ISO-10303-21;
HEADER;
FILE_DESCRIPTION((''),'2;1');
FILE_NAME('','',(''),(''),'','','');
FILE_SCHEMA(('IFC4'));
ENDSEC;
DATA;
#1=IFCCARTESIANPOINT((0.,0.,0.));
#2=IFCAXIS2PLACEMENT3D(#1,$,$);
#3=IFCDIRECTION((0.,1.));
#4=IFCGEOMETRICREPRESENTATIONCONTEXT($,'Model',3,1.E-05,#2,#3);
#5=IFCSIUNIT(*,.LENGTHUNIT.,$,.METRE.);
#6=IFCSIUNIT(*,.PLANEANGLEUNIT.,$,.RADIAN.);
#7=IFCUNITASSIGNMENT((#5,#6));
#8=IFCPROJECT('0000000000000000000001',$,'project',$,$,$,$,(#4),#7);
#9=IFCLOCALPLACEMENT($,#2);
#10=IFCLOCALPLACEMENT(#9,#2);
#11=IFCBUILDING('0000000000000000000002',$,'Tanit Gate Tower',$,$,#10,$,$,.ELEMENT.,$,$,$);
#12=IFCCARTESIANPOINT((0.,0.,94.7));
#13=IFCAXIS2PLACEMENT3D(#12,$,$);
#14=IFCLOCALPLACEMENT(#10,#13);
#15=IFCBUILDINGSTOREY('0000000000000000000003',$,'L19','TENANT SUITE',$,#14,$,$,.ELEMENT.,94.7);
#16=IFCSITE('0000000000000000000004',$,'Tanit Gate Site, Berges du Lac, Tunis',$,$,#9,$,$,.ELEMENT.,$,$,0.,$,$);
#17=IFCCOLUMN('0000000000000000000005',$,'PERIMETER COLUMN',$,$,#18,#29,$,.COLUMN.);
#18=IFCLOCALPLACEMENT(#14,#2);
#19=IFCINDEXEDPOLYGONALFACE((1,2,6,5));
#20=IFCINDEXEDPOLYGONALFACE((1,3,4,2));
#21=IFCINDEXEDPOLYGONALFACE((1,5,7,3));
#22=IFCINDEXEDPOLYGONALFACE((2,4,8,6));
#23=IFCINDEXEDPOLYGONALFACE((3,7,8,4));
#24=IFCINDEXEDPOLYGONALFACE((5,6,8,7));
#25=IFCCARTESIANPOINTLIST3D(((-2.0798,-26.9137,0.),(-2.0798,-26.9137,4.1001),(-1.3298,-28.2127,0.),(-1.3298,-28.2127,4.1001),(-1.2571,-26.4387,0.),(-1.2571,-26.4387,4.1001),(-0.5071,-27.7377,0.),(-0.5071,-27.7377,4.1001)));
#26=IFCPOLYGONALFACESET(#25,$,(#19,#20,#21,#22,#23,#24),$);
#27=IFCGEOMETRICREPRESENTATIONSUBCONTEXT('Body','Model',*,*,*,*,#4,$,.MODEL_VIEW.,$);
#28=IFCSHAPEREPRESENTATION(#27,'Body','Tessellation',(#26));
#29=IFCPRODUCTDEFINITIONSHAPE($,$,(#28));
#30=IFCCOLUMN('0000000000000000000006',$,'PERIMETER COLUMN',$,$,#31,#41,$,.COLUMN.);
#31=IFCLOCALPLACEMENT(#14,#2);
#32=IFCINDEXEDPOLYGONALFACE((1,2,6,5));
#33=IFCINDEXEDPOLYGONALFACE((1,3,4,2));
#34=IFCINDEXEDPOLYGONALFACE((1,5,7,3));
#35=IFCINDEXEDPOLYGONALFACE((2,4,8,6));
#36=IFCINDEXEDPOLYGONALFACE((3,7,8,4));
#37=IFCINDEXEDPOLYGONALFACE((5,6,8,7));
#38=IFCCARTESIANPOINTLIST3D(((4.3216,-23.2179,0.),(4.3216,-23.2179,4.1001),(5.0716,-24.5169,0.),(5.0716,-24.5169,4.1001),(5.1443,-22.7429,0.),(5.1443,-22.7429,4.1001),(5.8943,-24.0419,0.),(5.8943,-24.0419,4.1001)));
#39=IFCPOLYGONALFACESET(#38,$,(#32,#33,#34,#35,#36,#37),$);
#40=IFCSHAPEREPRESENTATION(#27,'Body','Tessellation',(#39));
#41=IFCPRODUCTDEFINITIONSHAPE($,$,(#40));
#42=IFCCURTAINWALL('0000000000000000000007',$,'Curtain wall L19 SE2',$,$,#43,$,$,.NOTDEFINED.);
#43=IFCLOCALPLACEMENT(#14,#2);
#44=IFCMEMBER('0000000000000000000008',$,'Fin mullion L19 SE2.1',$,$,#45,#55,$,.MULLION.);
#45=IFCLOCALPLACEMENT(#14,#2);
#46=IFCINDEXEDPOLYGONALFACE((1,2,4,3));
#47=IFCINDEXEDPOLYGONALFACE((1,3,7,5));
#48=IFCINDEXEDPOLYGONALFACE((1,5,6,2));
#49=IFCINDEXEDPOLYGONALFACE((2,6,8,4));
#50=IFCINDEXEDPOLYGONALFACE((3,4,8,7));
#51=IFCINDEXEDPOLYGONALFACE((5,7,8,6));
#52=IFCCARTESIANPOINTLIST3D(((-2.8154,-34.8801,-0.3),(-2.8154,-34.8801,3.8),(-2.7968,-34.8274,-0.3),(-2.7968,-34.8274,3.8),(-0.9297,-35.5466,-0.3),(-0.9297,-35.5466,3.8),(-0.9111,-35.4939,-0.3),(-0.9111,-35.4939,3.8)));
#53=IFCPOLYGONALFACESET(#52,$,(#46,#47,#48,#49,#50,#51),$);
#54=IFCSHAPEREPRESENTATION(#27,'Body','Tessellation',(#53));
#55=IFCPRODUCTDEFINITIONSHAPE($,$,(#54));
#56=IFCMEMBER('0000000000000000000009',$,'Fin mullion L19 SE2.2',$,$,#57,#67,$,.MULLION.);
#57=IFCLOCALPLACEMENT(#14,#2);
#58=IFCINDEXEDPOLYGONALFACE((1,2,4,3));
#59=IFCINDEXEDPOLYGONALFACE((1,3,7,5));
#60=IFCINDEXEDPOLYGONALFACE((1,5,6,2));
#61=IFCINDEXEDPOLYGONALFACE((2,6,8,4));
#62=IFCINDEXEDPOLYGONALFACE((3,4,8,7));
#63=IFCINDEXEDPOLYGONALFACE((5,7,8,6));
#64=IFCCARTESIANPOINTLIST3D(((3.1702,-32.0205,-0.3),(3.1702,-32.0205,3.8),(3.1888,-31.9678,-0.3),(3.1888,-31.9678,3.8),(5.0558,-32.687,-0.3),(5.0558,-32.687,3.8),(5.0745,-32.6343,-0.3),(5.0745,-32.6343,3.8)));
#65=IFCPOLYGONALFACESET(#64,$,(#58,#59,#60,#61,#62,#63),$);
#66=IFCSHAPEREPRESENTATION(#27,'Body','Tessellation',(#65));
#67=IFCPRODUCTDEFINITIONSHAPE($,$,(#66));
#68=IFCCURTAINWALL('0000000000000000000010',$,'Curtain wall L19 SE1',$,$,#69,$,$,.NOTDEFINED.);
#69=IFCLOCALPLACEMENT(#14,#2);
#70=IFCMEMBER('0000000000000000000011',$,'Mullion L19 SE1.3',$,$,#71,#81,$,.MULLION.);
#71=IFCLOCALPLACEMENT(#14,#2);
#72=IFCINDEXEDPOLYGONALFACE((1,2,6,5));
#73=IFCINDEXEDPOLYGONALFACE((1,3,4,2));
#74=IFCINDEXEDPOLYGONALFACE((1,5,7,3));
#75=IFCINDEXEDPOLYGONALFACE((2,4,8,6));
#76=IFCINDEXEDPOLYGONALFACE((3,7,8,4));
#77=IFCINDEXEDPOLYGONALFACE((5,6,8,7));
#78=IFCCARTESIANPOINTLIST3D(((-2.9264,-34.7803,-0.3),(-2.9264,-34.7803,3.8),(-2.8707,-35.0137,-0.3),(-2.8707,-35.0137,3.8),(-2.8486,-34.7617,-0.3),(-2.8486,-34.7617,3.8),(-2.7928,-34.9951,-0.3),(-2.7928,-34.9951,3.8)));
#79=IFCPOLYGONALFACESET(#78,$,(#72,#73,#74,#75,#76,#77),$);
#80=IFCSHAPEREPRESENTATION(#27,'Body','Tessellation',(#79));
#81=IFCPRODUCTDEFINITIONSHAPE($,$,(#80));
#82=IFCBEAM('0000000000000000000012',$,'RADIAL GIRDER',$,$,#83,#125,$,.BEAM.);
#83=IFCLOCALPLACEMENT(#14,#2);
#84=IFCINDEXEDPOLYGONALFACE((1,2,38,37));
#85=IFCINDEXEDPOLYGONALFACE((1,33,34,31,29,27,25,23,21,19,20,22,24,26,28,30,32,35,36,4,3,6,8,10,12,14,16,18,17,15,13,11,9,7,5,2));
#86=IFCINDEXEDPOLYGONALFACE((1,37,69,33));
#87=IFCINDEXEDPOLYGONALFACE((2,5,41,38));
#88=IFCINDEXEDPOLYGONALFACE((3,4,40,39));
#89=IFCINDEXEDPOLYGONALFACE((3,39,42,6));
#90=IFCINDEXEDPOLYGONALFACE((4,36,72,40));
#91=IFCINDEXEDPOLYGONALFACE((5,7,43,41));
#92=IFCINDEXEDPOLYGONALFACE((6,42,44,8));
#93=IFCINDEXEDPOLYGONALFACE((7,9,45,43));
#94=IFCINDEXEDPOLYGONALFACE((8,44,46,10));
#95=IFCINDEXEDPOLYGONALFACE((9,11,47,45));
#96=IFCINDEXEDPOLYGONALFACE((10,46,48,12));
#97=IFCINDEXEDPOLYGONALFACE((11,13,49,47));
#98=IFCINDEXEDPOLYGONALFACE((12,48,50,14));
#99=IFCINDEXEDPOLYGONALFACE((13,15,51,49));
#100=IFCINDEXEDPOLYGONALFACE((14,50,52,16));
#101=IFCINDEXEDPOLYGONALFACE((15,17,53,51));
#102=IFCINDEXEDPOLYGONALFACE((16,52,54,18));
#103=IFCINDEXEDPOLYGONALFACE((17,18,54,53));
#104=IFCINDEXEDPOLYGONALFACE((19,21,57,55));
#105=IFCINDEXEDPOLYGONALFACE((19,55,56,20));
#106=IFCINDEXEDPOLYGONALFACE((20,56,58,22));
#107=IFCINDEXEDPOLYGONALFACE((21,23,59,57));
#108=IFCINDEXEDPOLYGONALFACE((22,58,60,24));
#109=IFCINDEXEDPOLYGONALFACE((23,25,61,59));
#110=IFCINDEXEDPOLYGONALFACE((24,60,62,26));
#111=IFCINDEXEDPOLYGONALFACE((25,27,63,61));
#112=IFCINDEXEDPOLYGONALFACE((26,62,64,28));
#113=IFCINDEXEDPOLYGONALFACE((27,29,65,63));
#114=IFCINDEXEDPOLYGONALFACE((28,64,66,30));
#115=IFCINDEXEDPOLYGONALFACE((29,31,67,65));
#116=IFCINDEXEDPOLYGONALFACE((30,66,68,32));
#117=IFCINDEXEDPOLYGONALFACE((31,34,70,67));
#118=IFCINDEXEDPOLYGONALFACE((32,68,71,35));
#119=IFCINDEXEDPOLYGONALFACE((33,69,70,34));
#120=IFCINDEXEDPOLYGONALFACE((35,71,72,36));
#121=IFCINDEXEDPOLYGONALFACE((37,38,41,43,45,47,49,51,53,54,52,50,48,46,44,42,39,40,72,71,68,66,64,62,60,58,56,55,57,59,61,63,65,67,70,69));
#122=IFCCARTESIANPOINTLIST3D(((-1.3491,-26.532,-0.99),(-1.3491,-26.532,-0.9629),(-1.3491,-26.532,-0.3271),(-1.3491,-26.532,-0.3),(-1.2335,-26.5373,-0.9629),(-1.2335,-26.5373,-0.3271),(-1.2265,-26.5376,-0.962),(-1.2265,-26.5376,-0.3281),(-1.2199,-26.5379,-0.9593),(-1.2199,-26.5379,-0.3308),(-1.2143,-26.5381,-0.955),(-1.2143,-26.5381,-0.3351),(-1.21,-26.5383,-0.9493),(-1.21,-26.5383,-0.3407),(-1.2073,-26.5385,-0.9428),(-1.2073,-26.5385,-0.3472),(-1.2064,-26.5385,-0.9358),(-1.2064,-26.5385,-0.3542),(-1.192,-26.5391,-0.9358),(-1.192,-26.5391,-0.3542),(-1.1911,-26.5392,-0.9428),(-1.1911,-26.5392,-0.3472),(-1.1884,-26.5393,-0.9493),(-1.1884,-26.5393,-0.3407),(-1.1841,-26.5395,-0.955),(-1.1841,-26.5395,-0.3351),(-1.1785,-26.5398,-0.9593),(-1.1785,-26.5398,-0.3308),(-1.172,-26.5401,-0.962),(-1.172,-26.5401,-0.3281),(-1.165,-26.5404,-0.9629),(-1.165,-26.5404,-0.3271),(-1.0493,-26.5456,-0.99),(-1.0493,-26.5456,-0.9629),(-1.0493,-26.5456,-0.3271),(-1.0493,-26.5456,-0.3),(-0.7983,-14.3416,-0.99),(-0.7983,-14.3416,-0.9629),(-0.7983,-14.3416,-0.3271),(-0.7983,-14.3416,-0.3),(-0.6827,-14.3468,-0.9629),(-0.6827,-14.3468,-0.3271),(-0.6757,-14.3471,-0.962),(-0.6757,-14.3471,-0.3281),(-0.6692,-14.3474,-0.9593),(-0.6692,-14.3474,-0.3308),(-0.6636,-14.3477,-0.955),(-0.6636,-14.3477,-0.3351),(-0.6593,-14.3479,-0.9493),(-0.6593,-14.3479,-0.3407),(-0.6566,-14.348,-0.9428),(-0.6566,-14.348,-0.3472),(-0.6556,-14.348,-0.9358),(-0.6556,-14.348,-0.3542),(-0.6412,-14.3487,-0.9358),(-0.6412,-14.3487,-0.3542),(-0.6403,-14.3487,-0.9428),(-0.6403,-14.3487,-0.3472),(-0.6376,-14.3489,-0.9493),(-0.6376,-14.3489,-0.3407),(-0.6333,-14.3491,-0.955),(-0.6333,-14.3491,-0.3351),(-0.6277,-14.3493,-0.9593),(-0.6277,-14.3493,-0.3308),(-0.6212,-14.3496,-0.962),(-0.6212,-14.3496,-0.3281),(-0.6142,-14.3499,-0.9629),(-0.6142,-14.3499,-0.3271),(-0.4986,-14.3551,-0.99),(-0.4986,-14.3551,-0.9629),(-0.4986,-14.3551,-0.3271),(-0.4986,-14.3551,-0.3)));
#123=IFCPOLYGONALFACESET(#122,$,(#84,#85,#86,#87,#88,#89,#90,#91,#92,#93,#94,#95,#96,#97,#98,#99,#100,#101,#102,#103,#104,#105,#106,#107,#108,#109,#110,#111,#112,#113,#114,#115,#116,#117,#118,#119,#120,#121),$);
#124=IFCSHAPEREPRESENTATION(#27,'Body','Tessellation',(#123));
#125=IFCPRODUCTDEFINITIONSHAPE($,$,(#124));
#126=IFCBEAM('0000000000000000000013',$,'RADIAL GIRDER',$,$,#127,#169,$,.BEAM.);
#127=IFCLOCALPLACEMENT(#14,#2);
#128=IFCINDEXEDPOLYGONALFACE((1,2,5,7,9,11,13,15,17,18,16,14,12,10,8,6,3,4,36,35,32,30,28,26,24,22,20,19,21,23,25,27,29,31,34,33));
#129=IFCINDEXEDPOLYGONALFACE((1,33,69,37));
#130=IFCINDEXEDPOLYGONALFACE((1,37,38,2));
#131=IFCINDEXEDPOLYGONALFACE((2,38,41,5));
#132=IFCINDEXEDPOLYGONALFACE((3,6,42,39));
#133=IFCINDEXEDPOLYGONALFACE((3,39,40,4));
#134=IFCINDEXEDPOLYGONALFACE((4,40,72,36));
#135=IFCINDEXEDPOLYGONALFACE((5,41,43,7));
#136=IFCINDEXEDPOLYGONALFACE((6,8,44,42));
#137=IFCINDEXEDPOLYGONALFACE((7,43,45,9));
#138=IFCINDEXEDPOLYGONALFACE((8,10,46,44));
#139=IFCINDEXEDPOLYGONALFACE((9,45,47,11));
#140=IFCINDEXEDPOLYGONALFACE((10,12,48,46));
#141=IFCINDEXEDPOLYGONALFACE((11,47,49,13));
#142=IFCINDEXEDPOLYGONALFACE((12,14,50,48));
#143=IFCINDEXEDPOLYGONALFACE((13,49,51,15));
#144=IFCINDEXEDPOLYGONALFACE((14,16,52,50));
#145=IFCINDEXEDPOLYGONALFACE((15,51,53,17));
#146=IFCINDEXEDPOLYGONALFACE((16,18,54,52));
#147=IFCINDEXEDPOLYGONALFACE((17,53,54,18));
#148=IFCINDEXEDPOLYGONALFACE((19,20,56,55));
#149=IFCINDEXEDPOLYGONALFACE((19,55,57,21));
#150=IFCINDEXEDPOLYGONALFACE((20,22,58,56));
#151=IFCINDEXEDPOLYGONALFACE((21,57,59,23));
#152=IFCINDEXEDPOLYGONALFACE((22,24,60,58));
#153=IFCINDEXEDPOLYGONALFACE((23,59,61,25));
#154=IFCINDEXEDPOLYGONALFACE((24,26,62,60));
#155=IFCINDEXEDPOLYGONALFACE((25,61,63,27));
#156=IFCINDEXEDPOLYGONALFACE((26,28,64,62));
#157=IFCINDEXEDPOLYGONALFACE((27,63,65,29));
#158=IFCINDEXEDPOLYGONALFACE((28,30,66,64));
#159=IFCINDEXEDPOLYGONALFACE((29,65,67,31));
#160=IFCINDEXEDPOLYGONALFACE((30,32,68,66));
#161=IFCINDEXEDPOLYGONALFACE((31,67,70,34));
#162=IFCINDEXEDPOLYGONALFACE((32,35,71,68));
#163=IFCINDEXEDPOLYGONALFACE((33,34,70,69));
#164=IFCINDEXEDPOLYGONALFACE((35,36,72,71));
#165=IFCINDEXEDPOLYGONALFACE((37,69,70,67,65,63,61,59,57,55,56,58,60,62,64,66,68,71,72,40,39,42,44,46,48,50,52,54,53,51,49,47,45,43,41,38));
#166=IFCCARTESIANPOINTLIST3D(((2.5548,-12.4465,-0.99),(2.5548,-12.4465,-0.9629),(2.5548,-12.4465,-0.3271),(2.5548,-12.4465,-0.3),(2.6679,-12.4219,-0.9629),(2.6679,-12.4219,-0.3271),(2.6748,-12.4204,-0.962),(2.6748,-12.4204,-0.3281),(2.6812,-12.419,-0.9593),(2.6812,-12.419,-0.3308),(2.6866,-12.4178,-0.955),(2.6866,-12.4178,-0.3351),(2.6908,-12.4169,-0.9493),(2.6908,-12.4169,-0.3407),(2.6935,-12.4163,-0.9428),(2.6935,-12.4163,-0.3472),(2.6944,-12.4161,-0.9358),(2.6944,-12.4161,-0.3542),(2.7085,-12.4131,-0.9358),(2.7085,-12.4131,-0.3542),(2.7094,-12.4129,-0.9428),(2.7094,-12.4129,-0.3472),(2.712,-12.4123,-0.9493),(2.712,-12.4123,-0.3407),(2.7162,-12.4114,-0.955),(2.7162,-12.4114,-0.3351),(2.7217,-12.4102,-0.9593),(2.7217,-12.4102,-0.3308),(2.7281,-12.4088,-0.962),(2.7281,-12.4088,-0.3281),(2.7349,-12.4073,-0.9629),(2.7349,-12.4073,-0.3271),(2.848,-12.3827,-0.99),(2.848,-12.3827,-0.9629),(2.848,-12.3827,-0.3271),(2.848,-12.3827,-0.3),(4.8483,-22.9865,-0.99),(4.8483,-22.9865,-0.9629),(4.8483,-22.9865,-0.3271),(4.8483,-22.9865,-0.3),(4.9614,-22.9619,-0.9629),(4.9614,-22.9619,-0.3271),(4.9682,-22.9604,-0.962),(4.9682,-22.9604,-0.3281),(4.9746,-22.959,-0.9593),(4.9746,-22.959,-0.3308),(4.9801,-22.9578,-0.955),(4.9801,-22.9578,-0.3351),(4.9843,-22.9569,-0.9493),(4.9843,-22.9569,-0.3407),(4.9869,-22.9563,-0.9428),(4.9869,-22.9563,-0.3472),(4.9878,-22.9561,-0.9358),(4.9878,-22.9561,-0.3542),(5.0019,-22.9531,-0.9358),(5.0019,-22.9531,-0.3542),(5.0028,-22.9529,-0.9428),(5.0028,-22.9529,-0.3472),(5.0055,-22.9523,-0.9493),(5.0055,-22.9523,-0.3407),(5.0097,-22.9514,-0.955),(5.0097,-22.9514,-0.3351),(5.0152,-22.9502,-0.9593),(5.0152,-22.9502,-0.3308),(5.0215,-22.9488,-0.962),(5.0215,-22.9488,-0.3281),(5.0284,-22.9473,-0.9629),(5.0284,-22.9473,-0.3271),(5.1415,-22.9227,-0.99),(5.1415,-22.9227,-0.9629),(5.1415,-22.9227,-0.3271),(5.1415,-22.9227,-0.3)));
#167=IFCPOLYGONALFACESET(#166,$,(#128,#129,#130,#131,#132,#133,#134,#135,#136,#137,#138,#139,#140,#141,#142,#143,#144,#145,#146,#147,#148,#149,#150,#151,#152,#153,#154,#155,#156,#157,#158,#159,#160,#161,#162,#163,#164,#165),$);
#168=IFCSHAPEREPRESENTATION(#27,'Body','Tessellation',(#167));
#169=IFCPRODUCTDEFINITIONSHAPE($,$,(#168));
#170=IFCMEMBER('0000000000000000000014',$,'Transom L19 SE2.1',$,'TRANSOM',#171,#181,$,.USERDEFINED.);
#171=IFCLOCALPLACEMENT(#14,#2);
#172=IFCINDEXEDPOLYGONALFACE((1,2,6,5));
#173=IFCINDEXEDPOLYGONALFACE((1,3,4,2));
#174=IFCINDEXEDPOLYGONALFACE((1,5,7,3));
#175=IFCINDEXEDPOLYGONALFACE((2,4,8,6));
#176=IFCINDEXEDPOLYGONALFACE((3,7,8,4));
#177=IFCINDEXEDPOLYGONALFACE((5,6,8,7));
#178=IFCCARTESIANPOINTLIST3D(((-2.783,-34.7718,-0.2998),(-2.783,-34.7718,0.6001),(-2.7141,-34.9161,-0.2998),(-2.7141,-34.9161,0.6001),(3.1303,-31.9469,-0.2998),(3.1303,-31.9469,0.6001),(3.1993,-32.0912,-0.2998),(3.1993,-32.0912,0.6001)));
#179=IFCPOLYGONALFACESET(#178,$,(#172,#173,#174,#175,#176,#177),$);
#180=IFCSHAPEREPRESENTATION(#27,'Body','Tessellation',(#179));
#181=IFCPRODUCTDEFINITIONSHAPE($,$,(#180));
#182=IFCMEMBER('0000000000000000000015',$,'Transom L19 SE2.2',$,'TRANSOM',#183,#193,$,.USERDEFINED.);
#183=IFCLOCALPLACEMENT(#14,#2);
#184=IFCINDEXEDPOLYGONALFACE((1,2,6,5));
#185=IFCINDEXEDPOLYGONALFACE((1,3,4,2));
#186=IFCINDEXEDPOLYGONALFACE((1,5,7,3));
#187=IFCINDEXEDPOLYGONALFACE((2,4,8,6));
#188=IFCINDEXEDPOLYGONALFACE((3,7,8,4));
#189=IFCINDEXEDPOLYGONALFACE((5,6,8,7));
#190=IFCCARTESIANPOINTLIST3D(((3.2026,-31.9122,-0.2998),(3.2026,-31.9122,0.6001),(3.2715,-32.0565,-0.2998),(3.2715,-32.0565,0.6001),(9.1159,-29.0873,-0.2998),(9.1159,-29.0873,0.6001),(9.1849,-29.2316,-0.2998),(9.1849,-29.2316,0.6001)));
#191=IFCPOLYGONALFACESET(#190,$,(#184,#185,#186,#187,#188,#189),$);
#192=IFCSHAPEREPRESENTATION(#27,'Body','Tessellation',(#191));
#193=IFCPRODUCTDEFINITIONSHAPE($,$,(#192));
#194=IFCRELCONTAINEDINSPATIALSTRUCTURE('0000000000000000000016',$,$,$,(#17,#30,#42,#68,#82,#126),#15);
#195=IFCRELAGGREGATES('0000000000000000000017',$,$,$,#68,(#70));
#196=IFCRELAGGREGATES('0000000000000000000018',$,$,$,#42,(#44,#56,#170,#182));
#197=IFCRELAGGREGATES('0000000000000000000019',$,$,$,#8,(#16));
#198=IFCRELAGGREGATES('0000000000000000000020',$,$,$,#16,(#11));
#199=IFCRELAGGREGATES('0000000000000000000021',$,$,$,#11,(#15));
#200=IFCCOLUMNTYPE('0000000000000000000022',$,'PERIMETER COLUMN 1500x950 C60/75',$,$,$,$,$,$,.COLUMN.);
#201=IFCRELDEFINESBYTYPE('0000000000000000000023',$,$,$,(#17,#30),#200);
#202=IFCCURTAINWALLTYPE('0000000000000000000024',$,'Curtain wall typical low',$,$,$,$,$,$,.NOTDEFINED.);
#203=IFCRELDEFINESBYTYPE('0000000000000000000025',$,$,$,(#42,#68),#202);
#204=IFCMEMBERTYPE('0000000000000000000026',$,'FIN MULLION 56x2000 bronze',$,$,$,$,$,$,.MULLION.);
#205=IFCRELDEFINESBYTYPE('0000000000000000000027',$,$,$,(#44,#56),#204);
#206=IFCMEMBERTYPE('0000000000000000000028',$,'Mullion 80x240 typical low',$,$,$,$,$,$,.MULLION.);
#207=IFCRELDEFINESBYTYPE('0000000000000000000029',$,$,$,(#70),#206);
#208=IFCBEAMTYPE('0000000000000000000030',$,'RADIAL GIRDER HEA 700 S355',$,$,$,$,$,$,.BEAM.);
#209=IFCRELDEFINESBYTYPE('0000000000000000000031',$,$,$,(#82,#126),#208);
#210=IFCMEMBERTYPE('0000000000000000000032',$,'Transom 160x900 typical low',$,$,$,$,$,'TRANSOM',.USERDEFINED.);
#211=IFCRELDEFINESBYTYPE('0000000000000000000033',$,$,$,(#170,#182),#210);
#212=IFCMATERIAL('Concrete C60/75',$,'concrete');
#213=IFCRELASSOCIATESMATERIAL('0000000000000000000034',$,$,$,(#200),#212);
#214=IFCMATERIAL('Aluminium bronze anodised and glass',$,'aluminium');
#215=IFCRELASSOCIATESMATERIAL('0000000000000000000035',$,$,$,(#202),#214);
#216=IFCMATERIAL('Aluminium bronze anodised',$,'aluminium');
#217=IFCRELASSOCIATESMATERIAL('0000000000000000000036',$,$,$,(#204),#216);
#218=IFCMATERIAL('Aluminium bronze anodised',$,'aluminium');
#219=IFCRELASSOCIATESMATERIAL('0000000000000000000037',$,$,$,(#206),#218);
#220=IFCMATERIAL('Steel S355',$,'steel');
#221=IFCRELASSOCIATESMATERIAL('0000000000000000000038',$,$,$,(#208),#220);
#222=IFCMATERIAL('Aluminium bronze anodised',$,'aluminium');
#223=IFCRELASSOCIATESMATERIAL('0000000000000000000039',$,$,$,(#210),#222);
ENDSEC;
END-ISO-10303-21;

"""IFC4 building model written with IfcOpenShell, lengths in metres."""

from ifc_helpers import new_model, si_unit, direction, frame, origin, origin_2d, place, context, subcontext, project, spatial, rectangle, i_section, extrude, material, material_profile, profile_set, type_object, element, aggregate, save


model = new_model("IFC4")

# Units and contexts
model_context = context("Model", 3, precision=1e-05, world=origin(), true_north=direction((0.0, 1.0)))
body_context = subcontext(model_context, "Body", "Model", "MODEL_VIEW")
ifc_project = project(units=[si_unit("LENGTHUNIT", "METRE"), si_unit("PLANEANGLEUNIT", "RADIAN")], contexts=[model_context])

# Site, building, storey
site_placement = place(None, origin())
site = spatial("IfcSite", under=ifc_project, at=site_placement, Name="Tanit Gate Site, Berges du Lac, Tunis", CompositionType="ELEMENT", RefElevation=0.0)
building_placement = place(site_placement, origin())
building = spatial("IfcBuilding", under=site, at=building_placement, Name="Tanit Gate Tower", CompositionType="ELEMENT")
storey_placement = place(building_placement, frame((0.0, 0.0, 94.7)))
storey = spatial("IfcBuildingStorey", under=building, at=storey_placement, Name="L19", Description="TENANT SUITE", CompositionType="ELEMENT", Elevation=94.7)

# Columns
ifc_material_1 = material(Name="Concrete C60/75", Category="concrete")
ifc_material_profile_1 = material_profile(ifc_material_1, rectangle(XDim=1.5, YDim=0.95, at=origin_2d()), Name="RC 1500x950")
ifc_profile_set_1 = profile_set([ifc_material_profile_1], Name="Concrete C60/75")
column_type = type_object("IfcColumnType", Name="PERIMETER COLUMN 1500x950 C60/75", PredefinedType="COLUMN", material=ifc_profile_set_1)
for number, where, z_axis, x_axis, name in (
    (1, (-1.2935, -27.3257, 0.0), (0.0, 0.0, 1.0), (0.5, -0.866025, 0.0), "PERIMETER COLUMN"),
    (2, (5.1079, -23.6299, 0.0), (0.0, 0.0, 1.0), (0.5, -0.866025, 0.0), "PERIMETER COLUMN"),
):
    element("IfcColumn", number, at=place(storey_placement, frame(where, z_axis=z_axis, x_axis=x_axis)), inside=storey, type_object=column_type, Name=name, PredefinedType="COLUMN", context=body_context, shape_type="SweptSolid", body=[
        extrude(rectangle(XDim=1.5, YDim=0.95, at=origin_2d()), origin(), (0.0, 0.0, 1.0), 4.1001),
    ])

# Curtain wall, members
ifc_material_2 = material(Name="Aluminium bronze anodised and glass", Category="aluminium")
curtain_wall_type = type_object("IfcCurtainWallType", Name="Curtain wall typical low", PredefinedType="NOTDEFINED", material=ifc_material_2)
curtain_wall_1_placement = place(storey_placement, origin())
curtain_wall_1 = element("IfcCurtainWall", 3, at=curtain_wall_1_placement, inside=storey, type_object=curtain_wall_type, Name="Curtain wall L19 SE2", PredefinedType="NOTDEFINED")
ifc_material_3 = material(Name="Aluminium bronze anodised", Category="aluminium")
ifc_material_profile_2 = material_profile(ifc_material_3, rectangle(XDim=2.0, YDim=0.0559, at=origin_2d()), Name="56x2000 bronze fin mullion")
ifc_profile_set_2 = profile_set([ifc_material_profile_2], Name="Aluminium bronze anodised")
member_type_1 = type_object("IfcMemberType", Name="FIN MULLION 56x2000 bronze", PredefinedType="MULLION", material=ifc_profile_set_2)
member_1_placement = place(storey_placement, frame((-1.8633, -35.187, -0.3), z_axis=(0.0, 0.0, 1.0), x_axis=(-0.942849, 0.33322, 0.0)))
member_1 = element("IfcMember", 4, at=member_1_placement, type_object=member_type_1, Name="Fin mullion L19 SE2.1", PredefinedType="MULLION", context=body_context, shape_type="SweptSolid", body=[
    extrude(rectangle(XDim=2.0, YDim=0.0559, at=origin_2d()), origin(), (0.0, 0.0, 1.0), 4.1001),
])
member_2_placement = place(storey_placement, frame((4.1223, -32.3274, -0.3), z_axis=(0.0, 0.0, 1.0), x_axis=(-0.942849, 0.33322, 0.0)))
member_2 = element("IfcMember", 5, at=member_2_placement, type_object=member_type_1, Name="Fin mullion L19 SE2.2", PredefinedType="MULLION", context=body_context, shape_type="SweptSolid", body=[
    extrude(rectangle(XDim=2.0, YDim=0.0559, at=origin_2d()), origin(), (0.0, 0.0, 1.0), 4.1001),
])

# Curtain wall, member
curtain_wall_2_placement = place(storey_placement, origin())
curtain_wall_2 = element("IfcCurtainWall", 6, at=curtain_wall_2_placement, inside=storey, type_object=curtain_wall_type, Name="Curtain wall L19 SE1", PredefinedType="NOTDEFINED")
ifc_material_4 = material(Name="Aluminium bronze anodised", Category="aluminium")
ifc_material_profile_3 = material_profile(ifc_material_4, rectangle(XDim=0.24, YDim=0.0801, at=origin_2d()), Name="80x240 bronze mullion")
ifc_profile_set_3 = profile_set([ifc_material_profile_3], Name="Aluminium bronze anodised")
member_type_2 = type_object("IfcMemberType", Name="Mullion 80x240 typical low", PredefinedType="MULLION", material=ifc_profile_set_3)
member_3_placement = place(storey_placement, frame((-2.8596, -34.8877, -0.3), z_axis=(0.0, 0.0, 1.0), x_axis=(-0.232409, 0.972618, 0.0)))
member_3 = element("IfcMember", 7, at=member_3_placement, type_object=member_type_2, Name="Mullion L19 SE1.3", PredefinedType="MULLION", context=body_context, shape_type="SweptSolid", body=[
    extrude(rectangle(XDim=0.24, YDim=0.0801, at=origin_2d()), origin(), (0.0, 0.0, 1.0), 4.1001),
])
aggregate(curtain_wall_2, [member_3])

# Beams
ifc_material_5 = material(Name="Steel S355", Category="steel")
ifc_material_profile_4 = material_profile(ifc_material_5, i_section(OverallWidth=0.3, OverallDepth=0.6899, WebThickness=0.0144, FlangeThickness=0.0271, FilletRadius=0.0271, at=origin_2d()), Name="HEA 700")
ifc_profile_set_4 = profile_set([ifc_material_profile_4], Name="Steel S355")
beam_type = type_object("IfcBeamType", Name="RADIAL GIRDER HEA 700 S355", PredefinedType="BEAM", material=ifc_profile_set_4)
beam_1_placement = place(storey_placement, frame((-1.1992, -26.5388, -0.645), z_axis=(0.045135, 0.998981, 0.0), x_axis=(-0.998981, 0.045135, 0.0)))
element("IfcBeam", 8, at=beam_1_placement, inside=storey, type_object=beam_type, Name="RADIAL GIRDER", PredefinedType="BEAM", context=body_context, shape_type="SweptSolid", body=[
    extrude(i_section(OverallWidth=0.3, OverallDepth=0.6899, WebThickness=0.0144, FlangeThickness=0.0271, FilletRadius=0.0271, at=origin_2d()), origin(), (0.0, 0.0, 1.0), 12.2029),
])
beam_2_placement = place(storey_placement, frame((4.9949, -22.9546, -0.645), z_axis=(-0.212619, 0.977135, 0.0), x_axis=(-0.977135, -0.212619, 0.0)))
element("IfcBeam", 9, at=beam_2_placement, inside=storey, type_object=beam_type, Name="RADIAL GIRDER", PredefinedType="BEAM", context=body_context, shape_type="SweptSolid", body=[
    extrude(i_section(OverallWidth=0.3, OverallDepth=0.6899, WebThickness=0.0144, FlangeThickness=0.0271, FilletRadius=0.0271, at=origin_2d()), origin(), (0.0, 0.0, 1.0), 10.7866),
])

# Members
ifc_material_6 = material(Name="Aluminium bronze anodised", Category="aluminium")
ifc_material_profile_5 = material_profile(ifc_material_6, rectangle(XDim=0.1599, YDim=0.8999, at=origin_2d()), Name="160x900 bronze transom")
ifc_profile_set_5 = profile_set([ifc_material_profile_5], Name="Aluminium bronze anodised")
member_type_3 = type_object("IfcMemberType", Name="Transom 160x900 typical low", ElementType="TRANSOM", PredefinedType="USERDEFINED", material=ifc_profile_set_5)
member_4_placement = place(storey_placement, frame((-2.7485, -34.844, 0.1501), z_axis=(0.902322, 0.431063, 0.0), x_axis=(-0.431063, 0.902322, 0.0)))
member_4 = element("IfcMember", 10, at=member_4_placement, type_object=member_type_3, Name="Transom L19 SE2.1", ObjectType="TRANSOM", PredefinedType="USERDEFINED", context=body_context, shape_type="SweptSolid", body=[
    extrude(rectangle(XDim=0.1599, YDim=0.8999, at=origin_2d()), origin(), (0.0, 0.0, 1.0), 6.5535),
])
member_5_placement = place(storey_placement, frame((3.2371, -31.9844, 0.1501), z_axis=(0.902322, 0.431063, 0.0), x_axis=(-0.431063, 0.902322, 0.0)))
member_5 = element("IfcMember", 11, at=member_5_placement, type_object=member_type_3, Name="Transom L19 SE2.2", ObjectType="TRANSOM", PredefinedType="USERDEFINED", context=body_context, shape_type="SweptSolid", body=[
    extrude(rectangle(XDim=0.1599, YDim=0.8999, at=origin_2d()), origin(), (0.0, 0.0, 1.0), 6.5535),
])

aggregate(curtain_wall_1, [member_1, member_2, member_4, member_5])

save(model, "model.ifc")
